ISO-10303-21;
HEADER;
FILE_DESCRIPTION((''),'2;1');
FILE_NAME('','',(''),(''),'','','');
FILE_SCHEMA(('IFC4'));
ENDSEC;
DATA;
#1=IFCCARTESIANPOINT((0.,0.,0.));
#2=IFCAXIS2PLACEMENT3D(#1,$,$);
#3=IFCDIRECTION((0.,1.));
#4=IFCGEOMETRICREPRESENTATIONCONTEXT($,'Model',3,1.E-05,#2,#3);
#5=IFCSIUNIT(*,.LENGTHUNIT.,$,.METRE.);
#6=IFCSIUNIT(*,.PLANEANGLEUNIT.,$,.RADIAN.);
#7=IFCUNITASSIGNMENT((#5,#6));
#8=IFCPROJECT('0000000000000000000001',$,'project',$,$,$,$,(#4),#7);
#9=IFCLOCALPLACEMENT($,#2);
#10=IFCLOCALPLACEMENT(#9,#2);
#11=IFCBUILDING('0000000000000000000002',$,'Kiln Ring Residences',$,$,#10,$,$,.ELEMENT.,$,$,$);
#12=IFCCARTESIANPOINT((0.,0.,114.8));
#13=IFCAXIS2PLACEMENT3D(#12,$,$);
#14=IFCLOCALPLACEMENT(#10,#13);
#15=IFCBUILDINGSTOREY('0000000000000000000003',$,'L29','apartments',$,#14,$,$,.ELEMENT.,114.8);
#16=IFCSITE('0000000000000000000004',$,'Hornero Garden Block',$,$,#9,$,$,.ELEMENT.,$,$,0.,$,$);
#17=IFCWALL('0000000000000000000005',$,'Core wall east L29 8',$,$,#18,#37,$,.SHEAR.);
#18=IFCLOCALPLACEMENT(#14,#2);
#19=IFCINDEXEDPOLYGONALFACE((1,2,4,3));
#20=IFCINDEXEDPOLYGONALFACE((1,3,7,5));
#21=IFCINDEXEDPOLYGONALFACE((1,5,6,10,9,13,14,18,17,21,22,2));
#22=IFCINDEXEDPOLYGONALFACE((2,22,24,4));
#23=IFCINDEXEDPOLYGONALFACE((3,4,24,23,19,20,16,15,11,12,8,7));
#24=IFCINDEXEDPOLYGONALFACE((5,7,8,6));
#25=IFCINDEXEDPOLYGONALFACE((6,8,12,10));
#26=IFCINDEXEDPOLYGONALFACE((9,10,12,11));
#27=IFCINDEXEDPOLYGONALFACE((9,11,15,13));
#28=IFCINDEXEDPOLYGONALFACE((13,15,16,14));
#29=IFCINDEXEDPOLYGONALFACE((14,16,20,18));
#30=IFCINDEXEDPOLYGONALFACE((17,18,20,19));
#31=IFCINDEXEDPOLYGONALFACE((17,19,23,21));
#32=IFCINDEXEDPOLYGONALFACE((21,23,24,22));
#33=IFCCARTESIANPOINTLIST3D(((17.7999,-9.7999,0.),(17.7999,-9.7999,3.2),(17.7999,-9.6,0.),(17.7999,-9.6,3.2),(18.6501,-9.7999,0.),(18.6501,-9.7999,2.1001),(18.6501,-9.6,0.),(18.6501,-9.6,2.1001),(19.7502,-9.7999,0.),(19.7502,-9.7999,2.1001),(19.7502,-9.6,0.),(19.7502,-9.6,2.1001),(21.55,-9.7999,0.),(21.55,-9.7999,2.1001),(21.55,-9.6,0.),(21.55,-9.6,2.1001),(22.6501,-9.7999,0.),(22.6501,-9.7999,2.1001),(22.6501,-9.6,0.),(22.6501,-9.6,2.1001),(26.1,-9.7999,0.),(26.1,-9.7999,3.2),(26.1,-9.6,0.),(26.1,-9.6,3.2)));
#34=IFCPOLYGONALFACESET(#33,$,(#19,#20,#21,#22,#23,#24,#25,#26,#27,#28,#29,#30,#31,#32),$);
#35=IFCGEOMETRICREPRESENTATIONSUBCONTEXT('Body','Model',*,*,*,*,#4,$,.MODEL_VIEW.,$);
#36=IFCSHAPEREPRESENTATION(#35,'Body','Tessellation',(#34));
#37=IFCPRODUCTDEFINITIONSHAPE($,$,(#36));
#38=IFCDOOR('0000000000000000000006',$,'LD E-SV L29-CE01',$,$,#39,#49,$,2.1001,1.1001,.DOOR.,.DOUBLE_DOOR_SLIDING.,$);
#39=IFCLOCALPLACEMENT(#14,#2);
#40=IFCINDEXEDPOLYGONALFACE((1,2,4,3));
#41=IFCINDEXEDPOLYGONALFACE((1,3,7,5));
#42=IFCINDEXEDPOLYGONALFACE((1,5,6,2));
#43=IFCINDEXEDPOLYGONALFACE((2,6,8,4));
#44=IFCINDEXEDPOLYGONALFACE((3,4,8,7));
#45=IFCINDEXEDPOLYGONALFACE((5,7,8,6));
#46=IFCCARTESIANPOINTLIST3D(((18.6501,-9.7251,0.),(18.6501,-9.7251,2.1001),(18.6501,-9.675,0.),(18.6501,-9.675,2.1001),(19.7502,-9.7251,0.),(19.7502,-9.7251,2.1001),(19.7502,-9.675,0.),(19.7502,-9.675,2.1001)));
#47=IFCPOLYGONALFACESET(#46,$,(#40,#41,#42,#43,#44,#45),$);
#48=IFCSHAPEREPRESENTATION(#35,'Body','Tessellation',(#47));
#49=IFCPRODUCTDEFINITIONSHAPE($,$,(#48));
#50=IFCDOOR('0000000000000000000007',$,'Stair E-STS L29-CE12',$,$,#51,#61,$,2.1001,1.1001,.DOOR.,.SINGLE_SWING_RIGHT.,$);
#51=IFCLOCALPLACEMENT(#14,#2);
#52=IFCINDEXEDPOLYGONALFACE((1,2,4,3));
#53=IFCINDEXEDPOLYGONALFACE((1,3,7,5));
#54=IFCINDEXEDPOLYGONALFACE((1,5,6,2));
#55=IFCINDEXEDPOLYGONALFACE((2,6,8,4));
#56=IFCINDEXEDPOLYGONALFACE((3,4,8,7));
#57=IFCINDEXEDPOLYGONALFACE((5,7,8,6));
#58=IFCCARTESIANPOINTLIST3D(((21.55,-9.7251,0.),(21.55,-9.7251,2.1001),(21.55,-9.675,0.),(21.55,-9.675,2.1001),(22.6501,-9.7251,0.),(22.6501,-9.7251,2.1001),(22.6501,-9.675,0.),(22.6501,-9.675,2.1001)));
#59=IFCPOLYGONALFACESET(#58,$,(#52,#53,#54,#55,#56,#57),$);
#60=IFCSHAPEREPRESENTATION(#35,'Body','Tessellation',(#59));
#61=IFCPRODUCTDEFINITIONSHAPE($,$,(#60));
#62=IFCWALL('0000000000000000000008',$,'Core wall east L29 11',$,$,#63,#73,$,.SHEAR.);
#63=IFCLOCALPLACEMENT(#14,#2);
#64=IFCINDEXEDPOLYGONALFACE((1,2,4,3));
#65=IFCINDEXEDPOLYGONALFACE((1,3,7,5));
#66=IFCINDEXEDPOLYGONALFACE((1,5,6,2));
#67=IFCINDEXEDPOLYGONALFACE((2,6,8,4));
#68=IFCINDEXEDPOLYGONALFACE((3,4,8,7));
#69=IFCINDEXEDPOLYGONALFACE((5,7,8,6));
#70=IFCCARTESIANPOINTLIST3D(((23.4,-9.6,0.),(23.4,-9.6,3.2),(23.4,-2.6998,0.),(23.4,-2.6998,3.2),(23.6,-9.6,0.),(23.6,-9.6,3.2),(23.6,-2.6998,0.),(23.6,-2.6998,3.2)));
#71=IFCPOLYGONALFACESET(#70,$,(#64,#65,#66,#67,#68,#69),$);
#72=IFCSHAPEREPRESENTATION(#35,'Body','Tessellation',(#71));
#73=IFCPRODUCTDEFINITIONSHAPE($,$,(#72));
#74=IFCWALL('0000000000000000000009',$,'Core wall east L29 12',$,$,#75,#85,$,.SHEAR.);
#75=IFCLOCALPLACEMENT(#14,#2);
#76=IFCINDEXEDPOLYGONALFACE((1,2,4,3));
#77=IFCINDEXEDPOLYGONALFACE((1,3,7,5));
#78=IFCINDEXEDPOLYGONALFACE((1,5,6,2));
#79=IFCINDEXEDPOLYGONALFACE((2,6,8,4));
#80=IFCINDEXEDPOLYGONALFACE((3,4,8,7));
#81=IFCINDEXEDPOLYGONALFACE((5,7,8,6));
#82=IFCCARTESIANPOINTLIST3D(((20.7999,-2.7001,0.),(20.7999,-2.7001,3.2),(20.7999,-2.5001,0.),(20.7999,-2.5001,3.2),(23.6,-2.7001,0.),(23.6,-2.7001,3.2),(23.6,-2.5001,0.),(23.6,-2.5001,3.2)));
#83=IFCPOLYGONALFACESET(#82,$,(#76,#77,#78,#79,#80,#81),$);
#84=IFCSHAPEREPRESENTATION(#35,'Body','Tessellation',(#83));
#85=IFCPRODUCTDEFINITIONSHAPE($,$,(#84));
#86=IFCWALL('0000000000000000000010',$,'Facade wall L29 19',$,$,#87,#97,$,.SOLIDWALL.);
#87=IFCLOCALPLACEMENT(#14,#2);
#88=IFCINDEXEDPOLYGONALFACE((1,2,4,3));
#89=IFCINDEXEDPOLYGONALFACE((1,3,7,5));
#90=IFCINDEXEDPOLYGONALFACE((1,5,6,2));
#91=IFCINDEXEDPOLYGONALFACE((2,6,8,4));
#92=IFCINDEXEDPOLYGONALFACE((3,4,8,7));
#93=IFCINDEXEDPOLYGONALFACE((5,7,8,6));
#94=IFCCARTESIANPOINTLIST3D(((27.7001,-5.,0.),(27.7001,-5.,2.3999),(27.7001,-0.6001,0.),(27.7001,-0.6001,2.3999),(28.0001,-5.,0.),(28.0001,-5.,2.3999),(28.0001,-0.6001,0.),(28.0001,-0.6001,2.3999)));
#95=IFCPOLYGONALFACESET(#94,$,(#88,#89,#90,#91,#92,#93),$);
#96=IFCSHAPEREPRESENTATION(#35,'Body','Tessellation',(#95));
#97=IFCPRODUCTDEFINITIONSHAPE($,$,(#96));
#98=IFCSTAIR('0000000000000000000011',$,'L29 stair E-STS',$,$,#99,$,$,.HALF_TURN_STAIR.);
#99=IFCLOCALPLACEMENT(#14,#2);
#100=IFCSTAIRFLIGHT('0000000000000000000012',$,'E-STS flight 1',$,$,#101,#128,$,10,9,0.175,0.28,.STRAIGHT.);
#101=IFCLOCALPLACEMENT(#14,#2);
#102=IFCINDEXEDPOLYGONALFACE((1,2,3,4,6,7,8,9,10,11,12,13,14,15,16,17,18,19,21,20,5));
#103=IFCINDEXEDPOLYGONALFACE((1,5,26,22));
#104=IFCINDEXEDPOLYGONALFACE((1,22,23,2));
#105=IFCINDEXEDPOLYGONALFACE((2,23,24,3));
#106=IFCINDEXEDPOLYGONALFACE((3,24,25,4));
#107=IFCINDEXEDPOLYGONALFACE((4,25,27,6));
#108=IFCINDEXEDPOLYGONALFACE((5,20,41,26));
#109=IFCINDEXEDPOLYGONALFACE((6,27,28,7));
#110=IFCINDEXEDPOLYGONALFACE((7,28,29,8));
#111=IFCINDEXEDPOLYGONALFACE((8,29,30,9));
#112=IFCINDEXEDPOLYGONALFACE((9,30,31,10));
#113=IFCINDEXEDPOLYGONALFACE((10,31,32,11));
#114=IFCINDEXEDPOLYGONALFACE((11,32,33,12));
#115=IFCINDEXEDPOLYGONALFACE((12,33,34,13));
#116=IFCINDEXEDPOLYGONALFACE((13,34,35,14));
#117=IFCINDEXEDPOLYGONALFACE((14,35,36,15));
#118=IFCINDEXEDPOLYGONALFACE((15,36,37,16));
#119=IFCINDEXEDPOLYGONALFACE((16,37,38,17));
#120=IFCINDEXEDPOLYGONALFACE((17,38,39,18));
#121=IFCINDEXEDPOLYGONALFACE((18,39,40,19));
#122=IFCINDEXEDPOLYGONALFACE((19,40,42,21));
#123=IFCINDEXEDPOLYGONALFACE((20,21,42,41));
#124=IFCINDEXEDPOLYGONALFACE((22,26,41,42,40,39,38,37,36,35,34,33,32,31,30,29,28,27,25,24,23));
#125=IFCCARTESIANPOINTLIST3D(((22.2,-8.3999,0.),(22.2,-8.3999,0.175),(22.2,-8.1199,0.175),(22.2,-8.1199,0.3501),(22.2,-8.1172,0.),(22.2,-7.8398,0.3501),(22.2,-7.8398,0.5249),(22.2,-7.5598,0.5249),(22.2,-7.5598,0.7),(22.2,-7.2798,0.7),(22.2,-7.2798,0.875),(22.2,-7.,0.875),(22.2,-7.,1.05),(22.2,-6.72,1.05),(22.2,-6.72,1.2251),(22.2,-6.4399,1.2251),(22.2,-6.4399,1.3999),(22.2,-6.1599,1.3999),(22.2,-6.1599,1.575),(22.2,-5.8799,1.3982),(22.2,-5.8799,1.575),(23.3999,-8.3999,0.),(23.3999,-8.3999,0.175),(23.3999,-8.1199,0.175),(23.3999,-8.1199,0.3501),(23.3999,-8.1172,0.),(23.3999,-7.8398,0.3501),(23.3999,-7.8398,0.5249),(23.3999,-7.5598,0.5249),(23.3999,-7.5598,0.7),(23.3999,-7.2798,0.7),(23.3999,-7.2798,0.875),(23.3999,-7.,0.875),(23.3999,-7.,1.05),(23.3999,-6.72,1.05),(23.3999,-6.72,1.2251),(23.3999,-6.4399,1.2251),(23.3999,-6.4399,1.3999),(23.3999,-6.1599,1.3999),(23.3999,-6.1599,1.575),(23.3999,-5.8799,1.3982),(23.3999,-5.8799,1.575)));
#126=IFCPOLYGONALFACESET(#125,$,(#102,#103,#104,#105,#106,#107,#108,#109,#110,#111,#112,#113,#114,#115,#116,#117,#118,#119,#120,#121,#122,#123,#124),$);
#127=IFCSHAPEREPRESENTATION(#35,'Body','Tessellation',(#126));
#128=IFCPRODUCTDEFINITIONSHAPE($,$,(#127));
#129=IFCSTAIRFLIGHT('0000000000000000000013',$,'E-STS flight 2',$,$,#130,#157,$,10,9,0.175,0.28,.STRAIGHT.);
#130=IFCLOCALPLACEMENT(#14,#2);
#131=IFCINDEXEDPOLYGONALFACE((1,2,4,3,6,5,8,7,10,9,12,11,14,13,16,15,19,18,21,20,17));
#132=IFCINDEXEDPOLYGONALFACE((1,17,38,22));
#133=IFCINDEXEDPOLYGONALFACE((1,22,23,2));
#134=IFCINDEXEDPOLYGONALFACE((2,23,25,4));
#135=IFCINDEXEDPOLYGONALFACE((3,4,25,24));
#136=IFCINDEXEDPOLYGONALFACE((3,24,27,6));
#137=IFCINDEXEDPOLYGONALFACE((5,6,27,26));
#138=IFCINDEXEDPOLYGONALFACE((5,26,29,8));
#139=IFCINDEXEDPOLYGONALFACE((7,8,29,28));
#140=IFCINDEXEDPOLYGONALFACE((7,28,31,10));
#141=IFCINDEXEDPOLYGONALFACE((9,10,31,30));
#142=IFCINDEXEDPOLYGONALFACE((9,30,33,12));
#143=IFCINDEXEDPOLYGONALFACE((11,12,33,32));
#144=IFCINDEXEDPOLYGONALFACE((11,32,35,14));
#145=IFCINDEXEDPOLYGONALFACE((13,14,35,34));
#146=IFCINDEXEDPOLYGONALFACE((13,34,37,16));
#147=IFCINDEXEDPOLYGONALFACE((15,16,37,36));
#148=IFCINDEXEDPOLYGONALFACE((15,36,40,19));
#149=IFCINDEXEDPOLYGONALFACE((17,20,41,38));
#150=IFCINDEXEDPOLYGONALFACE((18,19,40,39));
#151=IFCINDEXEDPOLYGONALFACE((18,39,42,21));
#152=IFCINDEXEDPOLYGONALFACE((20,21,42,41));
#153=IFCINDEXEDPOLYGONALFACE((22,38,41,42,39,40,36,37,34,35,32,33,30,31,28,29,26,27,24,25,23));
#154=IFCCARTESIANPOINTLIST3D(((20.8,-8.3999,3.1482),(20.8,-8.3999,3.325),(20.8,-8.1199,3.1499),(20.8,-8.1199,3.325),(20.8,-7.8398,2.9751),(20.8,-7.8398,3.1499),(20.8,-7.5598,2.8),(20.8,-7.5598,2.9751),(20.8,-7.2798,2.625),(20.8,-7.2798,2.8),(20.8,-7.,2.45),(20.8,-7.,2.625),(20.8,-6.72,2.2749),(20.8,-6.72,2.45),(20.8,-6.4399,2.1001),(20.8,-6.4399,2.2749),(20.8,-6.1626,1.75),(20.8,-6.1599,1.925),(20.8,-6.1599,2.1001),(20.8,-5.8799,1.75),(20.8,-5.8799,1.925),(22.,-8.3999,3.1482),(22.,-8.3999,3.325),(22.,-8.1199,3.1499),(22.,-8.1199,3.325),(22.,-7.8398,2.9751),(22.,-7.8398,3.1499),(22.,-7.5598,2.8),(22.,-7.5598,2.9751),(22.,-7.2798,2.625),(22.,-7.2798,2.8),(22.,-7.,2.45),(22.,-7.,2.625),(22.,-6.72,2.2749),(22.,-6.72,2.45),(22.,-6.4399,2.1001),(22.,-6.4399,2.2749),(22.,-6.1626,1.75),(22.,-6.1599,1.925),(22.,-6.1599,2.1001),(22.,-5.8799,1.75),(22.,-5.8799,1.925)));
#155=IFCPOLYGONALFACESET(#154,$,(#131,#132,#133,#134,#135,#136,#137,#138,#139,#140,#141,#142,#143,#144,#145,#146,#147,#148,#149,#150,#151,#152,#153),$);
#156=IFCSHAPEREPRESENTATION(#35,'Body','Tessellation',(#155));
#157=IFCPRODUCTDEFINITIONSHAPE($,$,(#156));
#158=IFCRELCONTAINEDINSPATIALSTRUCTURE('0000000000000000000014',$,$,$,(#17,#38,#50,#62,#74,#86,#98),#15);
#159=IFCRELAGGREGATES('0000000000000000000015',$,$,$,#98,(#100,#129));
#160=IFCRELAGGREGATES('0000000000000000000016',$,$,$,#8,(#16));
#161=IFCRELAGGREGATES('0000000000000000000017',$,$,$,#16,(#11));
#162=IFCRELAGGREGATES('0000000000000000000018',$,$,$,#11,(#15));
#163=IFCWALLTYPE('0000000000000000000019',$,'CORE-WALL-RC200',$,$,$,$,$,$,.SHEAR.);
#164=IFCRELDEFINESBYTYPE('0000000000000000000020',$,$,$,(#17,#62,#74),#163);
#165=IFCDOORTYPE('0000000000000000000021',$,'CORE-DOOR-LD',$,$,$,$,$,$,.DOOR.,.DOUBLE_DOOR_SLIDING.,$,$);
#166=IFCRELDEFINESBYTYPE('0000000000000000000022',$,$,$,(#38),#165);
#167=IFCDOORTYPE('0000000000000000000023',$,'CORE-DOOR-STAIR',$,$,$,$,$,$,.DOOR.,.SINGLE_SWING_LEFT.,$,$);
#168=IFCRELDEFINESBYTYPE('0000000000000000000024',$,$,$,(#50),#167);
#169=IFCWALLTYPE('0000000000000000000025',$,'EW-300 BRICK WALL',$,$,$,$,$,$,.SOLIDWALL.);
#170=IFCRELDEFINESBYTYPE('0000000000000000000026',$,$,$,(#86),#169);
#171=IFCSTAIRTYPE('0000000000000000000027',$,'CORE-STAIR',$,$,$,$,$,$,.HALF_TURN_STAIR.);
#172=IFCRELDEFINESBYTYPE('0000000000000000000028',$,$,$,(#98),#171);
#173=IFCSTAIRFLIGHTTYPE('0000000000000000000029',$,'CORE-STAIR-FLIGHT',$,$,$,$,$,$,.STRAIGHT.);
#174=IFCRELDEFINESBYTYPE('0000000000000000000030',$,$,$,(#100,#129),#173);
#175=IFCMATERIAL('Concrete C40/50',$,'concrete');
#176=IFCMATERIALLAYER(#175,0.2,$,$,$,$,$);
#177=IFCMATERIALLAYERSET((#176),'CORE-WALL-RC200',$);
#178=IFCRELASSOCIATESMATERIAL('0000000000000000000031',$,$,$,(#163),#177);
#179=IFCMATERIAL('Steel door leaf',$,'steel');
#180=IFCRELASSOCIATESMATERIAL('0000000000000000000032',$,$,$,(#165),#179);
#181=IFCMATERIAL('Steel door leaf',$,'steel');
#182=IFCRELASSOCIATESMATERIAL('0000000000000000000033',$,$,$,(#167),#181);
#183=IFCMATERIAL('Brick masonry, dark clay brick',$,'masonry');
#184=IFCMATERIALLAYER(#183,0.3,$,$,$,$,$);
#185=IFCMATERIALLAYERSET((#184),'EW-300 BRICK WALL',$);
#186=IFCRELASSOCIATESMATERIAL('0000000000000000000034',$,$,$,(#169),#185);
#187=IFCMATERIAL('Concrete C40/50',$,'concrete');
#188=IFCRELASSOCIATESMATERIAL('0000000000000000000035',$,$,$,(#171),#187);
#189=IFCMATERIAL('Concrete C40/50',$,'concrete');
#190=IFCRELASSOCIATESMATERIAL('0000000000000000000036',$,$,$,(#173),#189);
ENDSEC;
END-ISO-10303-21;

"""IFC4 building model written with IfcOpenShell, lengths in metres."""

from ifc_helpers import new_model, si_unit, direction, frame, frame_2d, origin, place, context, subcontext, project, spatial, polyline, rectangle, outline, extrude, material, layer, layer_set, type_object, element, fill, aggregate, save


model = new_model("IFC4")

# Units and contexts
model_context = context("Model", 3, precision=1e-05, world=origin(), true_north=direction((0.0, 1.0)))
body_context = subcontext(model_context, "Body", "Model", "MODEL_VIEW")
ifc_project = project(units=[si_unit("LENGTHUNIT", "METRE"), si_unit("PLANEANGLEUNIT", "RADIAN")], contexts=[model_context])

# Site, building, storey
site_placement = place(None, origin())
site = spatial("IfcSite", under=ifc_project, at=site_placement, Name="Hornero Garden Block", CompositionType="ELEMENT", RefElevation=0.0)
building_placement = place(site_placement, origin())
building = spatial("IfcBuilding", under=site, at=building_placement, Name="Kiln Ring Residences", CompositionType="ELEMENT")
storey_placement = place(building_placement, frame((0.0, 0.0, 114.8)))
storey = spatial("IfcBuildingStorey", under=building, at=storey_placement, Name="L29", Description="apartments", CompositionType="ELEMENT", Elevation=114.8)

# Shared definitions
ifc_material_1 = material(Name="Concrete C40/50", Category="concrete")
ifc_layer_1 = layer(ifc_material_1, 0.2)
ifc_layer_set_1 = layer_set([ifc_layer_1], Name="CORE-WALL-RC200")
wall_type_1 = type_object("IfcWallType", Name="CORE-WALL-RC200", PredefinedType="SHEAR", material=ifc_layer_set_1)

# Wall, openings, doors
wall_1_placement = place(storey_placement, frame((17.8, -9.7, 0.0), z_axis=(0.0, 0.0, 1.0), x_axis=(1.0, 0.0, 0.0)))
wall_1 = element("IfcWall", 1, at=wall_1_placement, inside=storey, type_object=wall_type_1, Name="Core wall east L29 8", PredefinedType="SHEAR", context=body_context, shape_type="SweptSolid", body=[
    extrude(rectangle(XDim=8.3, YDim=0.2, at=frame_2d((4.1499, 0.0))), origin(), (0.0, 0.0, 1.0), 3.2),
])
opening_1_placement = place(wall_1_placement, frame((0.8501, 0.0, 0.0)))
opening_1 = element("IfcOpeningElement", 2, at=opening_1_placement, cuts=wall_1, PredefinedType="OPENING", context=body_context, shape_type="SweptSolid", body=[
    extrude(rectangle(XDim=1.1001, YDim=2.1001, at=frame_2d((0.55, 1.05))), frame((0.0, 0.1099, 0.0), z_axis=(0.0, -1.0, 0.0), x_axis=(1.0, 0.0, 0.0)), (0.0, 0.0, 1.0), 0.22),
])
opening_2_placement = place(wall_1_placement, frame((3.75, 0.0, 0.0)))
opening_2 = element("IfcOpeningElement", 3, at=opening_2_placement, cuts=wall_1, PredefinedType="OPENING", context=body_context, shape_type="SweptSolid", body=[
    extrude(rectangle(XDim=1.1001, YDim=2.1001, at=frame_2d((0.55, 1.05))), frame((0.0, 0.1099, 0.0), z_axis=(0.0, -1.0, 0.0), x_axis=(1.0, 0.0, 0.0)), (0.0, 0.0, 1.0), 0.22),
])
ifc_material_2 = material(Name="Steel door leaf", Category="steel")
door_type_1 = type_object("IfcDoorType", Name="CORE-DOOR-LD", OperationType="DOUBLE_DOOR_SLIDING", PredefinedType="DOOR", material=ifc_material_2)
door_1_placement = place(opening_1_placement, origin())
door_1 = element("IfcDoor", 4, at=door_1_placement, inside=storey, type_object=door_type_1, Name="LD E-SV L29-CE01", OperationType="DOUBLE_DOOR_SLIDING", OverallHeight=2.1001, OverallWidth=1.1001, PredefinedType="DOOR", context=body_context, shape_type="SweptSolid", body=[
    extrude(rectangle(XDim=1.1001, YDim=2.1001, at=frame_2d((0.55, 1.05))), frame((0.0, 0.0249, 0.0), z_axis=(0.0, -1.0, 0.0), x_axis=(1.0, 0.0, 0.0)), (0.0, 0.0, 1.0), 0.05),
])
fill(opening_1, door_1)
ifc_material_3 = material(Name="Steel door leaf", Category="steel")
door_type_2 = type_object("IfcDoorType", Name="CORE-DOOR-STAIR", OperationType="SINGLE_SWING_LEFT", PredefinedType="DOOR", material=ifc_material_3)
door_2_placement = place(opening_2_placement, origin())
door_2 = element("IfcDoor", 5, at=door_2_placement, inside=storey, type_object=door_type_2, Name="Stair E-STS L29-CE12", OperationType="SINGLE_SWING_RIGHT", OverallHeight=2.1001, OverallWidth=1.1001, PredefinedType="DOOR", context=body_context, shape_type="SweptSolid", body=[
    extrude(rectangle(XDim=1.1001, YDim=2.1001, at=frame_2d((0.55, 1.05))), frame((0.0, 0.0249, 0.0), z_axis=(0.0, -1.0, 0.0), x_axis=(1.0, 0.0, 0.0)), (0.0, 0.0, 1.0), 0.05),
])
fill(opening_2, door_2)

# Walls
wall_2_placement = place(storey_placement, frame((23.5, -9.6001, 0.0), z_axis=(0.0, 0.0, 1.0), x_axis=(0.0, 1.0, 0.0)))
element("IfcWall", 6, at=wall_2_placement, inside=storey, type_object=wall_type_1, Name="Core wall east L29 11", PredefinedType="SHEAR", context=body_context, shape_type="SweptSolid", body=[
    extrude(rectangle(XDim=6.9001, YDim=0.2, at=frame_2d((3.4502, 0.0))), origin(), (0.0, 0.0, 1.0), 3.2),
])
wall_3_placement = place(storey_placement, frame((20.8, -2.6001, 0.0), z_axis=(0.0, 0.0, 1.0), x_axis=(1.0, 0.0, 0.0)))
element("IfcWall", 7, at=wall_3_placement, inside=storey, type_object=wall_type_1, Name="Core wall east L29 12", PredefinedType="SHEAR", context=body_context, shape_type="SweptSolid", body=[
    extrude(rectangle(XDim=2.8, YDim=0.2, at=frame_2d((1.3999, 0.0))), origin(), (0.0, 0.0, 1.0), 3.2),
])
ifc_material_4 = material(Name="Brick masonry, dark clay brick", Category="masonry")
ifc_layer_2 = layer(ifc_material_4, 0.3)
ifc_layer_set_2 = layer_set([ifc_layer_2], Name="EW-300 BRICK WALL")
wall_type_2 = type_object("IfcWallType", Name="EW-300 BRICK WALL", PredefinedType="SOLIDWALL", material=ifc_layer_set_2)
wall_4_placement = place(storey_placement, frame((27.8501, -5.0, 0.0), z_axis=(0.0, 0.0, 1.0), x_axis=(0.0, 1.0, 0.0)))
element("IfcWall", 8, at=wall_4_placement, inside=storey, type_object=wall_type_2, Name="Facade wall L29 19", PredefinedType="SOLIDWALL", context=body_context, shape_type="SweptSolid", body=[
    extrude(rectangle(XDim=4.3999, YDim=0.3, at=frame_2d((2.2, 0.0))), origin(), (0.0, 0.0, 1.0), 2.3999),
])

# Stair, stair flights
ifc_material_5 = material(Name="Concrete C40/50", Category="concrete")
stair_type = type_object("IfcStairType", Name="CORE-STAIR", PredefinedType="HALF_TURN_STAIR", material=ifc_material_5)
stair_placement = place(storey_placement, origin())
stair = element("IfcStair", 9, at=stair_placement, inside=storey, type_object=stair_type, Name="L29 stair E-STS", PredefinedType="HALF_TURN_STAIR")
ifc_material_6 = material(Name="Concrete C40/50", Category="concrete")
stair_flight_type = type_object("IfcStairFlightType", Name="CORE-STAIR-FLIGHT", PredefinedType="STRAIGHT", material=ifc_material_6)
stair_flight_1_placement = place(storey_placement, frame((22.8, -8.3999, 0.0), z_axis=(0.0, 0.0, 1.0), x_axis=(0.0, 1.0, 0.0)))
stair_flight_1 = element("IfcStairFlight", 10, at=stair_flight_1_placement, type_object=stair_flight_type, Name="E-STS flight 1", NumberOfRisers=10, NumberOfTreads=9, PredefinedType="STRAIGHT", RiserHeight=0.175, TreadLength=0.28, context=body_context, shape_type="SweptSolid", body=[
    extrude(outline(polyline([(0.0, 0.0), (0.0, 0.175), (0.28, 0.175), (0.28, 0.3501), (0.5601, 0.3501), (0.5601, 0.5249), (0.8401, 0.5249), (0.8401, 0.7), (1.1201, 0.7), (1.1201, 0.875), (1.3999, 0.875), (1.3999, 1.05), (1.6799, 1.05), (1.6799, 1.2251), (1.96, 1.2251), (1.96, 1.3999), (2.24, 1.3999), (2.24, 1.575), (2.52, 1.575), (2.52, 1.75), (2.52, 1.3982), (0.2827, 0.0), (0.0, 0.0)])), frame((0.0, 0.6001, 0.0), z_axis=(0.0, -1.0, 0.0), x_axis=(1.0, 0.0, 0.0)), (0.0, 0.0, 1.0), 1.2),
])
stair_flight_2_placement = place(storey_placement, frame((21.3999, -5.8799, 1.75), z_axis=(0.0, 0.0, 1.0), x_axis=(0.0, -1.0, 0.0)))
stair_flight_2 = element("IfcStairFlight", 11, at=stair_flight_2_placement, type_object=stair_flight_type, Name="E-STS flight 2", NumberOfRisers=10, NumberOfTreads=9, PredefinedType="STRAIGHT", RiserHeight=0.175, TreadLength=0.28, context=body_context, shape_type="SweptSolid", body=[
    extrude(outline(polyline([(0.0, 0.0), (0.0, 0.175), (0.28, 0.175), (0.28, 0.3501), (0.5601, 0.3501), (0.5601, 0.5249), (0.8401, 0.5249), (0.8401, 0.7), (1.1201, 0.7), (1.1201, 0.875), (1.3999, 0.875), (1.3999, 1.05), (1.6799, 1.05), (1.6799, 1.2251), (1.96, 1.2251), (1.96, 1.3999), (2.24, 1.3999), (2.24, 1.575), (2.52, 1.575), (2.52, 1.75), (2.52, 1.3982), (0.2827, 0.0), (0.0, 0.0)])), frame((0.0, 0.6001, 0.0), z_axis=(0.0, -1.0, 0.0), x_axis=(1.0, 0.0, 0.0)), (0.0, 0.0, 1.0), 1.2),
])
aggregate(stair, [stair_flight_1, stair_flight_2])

save(model, "model.ifc")
